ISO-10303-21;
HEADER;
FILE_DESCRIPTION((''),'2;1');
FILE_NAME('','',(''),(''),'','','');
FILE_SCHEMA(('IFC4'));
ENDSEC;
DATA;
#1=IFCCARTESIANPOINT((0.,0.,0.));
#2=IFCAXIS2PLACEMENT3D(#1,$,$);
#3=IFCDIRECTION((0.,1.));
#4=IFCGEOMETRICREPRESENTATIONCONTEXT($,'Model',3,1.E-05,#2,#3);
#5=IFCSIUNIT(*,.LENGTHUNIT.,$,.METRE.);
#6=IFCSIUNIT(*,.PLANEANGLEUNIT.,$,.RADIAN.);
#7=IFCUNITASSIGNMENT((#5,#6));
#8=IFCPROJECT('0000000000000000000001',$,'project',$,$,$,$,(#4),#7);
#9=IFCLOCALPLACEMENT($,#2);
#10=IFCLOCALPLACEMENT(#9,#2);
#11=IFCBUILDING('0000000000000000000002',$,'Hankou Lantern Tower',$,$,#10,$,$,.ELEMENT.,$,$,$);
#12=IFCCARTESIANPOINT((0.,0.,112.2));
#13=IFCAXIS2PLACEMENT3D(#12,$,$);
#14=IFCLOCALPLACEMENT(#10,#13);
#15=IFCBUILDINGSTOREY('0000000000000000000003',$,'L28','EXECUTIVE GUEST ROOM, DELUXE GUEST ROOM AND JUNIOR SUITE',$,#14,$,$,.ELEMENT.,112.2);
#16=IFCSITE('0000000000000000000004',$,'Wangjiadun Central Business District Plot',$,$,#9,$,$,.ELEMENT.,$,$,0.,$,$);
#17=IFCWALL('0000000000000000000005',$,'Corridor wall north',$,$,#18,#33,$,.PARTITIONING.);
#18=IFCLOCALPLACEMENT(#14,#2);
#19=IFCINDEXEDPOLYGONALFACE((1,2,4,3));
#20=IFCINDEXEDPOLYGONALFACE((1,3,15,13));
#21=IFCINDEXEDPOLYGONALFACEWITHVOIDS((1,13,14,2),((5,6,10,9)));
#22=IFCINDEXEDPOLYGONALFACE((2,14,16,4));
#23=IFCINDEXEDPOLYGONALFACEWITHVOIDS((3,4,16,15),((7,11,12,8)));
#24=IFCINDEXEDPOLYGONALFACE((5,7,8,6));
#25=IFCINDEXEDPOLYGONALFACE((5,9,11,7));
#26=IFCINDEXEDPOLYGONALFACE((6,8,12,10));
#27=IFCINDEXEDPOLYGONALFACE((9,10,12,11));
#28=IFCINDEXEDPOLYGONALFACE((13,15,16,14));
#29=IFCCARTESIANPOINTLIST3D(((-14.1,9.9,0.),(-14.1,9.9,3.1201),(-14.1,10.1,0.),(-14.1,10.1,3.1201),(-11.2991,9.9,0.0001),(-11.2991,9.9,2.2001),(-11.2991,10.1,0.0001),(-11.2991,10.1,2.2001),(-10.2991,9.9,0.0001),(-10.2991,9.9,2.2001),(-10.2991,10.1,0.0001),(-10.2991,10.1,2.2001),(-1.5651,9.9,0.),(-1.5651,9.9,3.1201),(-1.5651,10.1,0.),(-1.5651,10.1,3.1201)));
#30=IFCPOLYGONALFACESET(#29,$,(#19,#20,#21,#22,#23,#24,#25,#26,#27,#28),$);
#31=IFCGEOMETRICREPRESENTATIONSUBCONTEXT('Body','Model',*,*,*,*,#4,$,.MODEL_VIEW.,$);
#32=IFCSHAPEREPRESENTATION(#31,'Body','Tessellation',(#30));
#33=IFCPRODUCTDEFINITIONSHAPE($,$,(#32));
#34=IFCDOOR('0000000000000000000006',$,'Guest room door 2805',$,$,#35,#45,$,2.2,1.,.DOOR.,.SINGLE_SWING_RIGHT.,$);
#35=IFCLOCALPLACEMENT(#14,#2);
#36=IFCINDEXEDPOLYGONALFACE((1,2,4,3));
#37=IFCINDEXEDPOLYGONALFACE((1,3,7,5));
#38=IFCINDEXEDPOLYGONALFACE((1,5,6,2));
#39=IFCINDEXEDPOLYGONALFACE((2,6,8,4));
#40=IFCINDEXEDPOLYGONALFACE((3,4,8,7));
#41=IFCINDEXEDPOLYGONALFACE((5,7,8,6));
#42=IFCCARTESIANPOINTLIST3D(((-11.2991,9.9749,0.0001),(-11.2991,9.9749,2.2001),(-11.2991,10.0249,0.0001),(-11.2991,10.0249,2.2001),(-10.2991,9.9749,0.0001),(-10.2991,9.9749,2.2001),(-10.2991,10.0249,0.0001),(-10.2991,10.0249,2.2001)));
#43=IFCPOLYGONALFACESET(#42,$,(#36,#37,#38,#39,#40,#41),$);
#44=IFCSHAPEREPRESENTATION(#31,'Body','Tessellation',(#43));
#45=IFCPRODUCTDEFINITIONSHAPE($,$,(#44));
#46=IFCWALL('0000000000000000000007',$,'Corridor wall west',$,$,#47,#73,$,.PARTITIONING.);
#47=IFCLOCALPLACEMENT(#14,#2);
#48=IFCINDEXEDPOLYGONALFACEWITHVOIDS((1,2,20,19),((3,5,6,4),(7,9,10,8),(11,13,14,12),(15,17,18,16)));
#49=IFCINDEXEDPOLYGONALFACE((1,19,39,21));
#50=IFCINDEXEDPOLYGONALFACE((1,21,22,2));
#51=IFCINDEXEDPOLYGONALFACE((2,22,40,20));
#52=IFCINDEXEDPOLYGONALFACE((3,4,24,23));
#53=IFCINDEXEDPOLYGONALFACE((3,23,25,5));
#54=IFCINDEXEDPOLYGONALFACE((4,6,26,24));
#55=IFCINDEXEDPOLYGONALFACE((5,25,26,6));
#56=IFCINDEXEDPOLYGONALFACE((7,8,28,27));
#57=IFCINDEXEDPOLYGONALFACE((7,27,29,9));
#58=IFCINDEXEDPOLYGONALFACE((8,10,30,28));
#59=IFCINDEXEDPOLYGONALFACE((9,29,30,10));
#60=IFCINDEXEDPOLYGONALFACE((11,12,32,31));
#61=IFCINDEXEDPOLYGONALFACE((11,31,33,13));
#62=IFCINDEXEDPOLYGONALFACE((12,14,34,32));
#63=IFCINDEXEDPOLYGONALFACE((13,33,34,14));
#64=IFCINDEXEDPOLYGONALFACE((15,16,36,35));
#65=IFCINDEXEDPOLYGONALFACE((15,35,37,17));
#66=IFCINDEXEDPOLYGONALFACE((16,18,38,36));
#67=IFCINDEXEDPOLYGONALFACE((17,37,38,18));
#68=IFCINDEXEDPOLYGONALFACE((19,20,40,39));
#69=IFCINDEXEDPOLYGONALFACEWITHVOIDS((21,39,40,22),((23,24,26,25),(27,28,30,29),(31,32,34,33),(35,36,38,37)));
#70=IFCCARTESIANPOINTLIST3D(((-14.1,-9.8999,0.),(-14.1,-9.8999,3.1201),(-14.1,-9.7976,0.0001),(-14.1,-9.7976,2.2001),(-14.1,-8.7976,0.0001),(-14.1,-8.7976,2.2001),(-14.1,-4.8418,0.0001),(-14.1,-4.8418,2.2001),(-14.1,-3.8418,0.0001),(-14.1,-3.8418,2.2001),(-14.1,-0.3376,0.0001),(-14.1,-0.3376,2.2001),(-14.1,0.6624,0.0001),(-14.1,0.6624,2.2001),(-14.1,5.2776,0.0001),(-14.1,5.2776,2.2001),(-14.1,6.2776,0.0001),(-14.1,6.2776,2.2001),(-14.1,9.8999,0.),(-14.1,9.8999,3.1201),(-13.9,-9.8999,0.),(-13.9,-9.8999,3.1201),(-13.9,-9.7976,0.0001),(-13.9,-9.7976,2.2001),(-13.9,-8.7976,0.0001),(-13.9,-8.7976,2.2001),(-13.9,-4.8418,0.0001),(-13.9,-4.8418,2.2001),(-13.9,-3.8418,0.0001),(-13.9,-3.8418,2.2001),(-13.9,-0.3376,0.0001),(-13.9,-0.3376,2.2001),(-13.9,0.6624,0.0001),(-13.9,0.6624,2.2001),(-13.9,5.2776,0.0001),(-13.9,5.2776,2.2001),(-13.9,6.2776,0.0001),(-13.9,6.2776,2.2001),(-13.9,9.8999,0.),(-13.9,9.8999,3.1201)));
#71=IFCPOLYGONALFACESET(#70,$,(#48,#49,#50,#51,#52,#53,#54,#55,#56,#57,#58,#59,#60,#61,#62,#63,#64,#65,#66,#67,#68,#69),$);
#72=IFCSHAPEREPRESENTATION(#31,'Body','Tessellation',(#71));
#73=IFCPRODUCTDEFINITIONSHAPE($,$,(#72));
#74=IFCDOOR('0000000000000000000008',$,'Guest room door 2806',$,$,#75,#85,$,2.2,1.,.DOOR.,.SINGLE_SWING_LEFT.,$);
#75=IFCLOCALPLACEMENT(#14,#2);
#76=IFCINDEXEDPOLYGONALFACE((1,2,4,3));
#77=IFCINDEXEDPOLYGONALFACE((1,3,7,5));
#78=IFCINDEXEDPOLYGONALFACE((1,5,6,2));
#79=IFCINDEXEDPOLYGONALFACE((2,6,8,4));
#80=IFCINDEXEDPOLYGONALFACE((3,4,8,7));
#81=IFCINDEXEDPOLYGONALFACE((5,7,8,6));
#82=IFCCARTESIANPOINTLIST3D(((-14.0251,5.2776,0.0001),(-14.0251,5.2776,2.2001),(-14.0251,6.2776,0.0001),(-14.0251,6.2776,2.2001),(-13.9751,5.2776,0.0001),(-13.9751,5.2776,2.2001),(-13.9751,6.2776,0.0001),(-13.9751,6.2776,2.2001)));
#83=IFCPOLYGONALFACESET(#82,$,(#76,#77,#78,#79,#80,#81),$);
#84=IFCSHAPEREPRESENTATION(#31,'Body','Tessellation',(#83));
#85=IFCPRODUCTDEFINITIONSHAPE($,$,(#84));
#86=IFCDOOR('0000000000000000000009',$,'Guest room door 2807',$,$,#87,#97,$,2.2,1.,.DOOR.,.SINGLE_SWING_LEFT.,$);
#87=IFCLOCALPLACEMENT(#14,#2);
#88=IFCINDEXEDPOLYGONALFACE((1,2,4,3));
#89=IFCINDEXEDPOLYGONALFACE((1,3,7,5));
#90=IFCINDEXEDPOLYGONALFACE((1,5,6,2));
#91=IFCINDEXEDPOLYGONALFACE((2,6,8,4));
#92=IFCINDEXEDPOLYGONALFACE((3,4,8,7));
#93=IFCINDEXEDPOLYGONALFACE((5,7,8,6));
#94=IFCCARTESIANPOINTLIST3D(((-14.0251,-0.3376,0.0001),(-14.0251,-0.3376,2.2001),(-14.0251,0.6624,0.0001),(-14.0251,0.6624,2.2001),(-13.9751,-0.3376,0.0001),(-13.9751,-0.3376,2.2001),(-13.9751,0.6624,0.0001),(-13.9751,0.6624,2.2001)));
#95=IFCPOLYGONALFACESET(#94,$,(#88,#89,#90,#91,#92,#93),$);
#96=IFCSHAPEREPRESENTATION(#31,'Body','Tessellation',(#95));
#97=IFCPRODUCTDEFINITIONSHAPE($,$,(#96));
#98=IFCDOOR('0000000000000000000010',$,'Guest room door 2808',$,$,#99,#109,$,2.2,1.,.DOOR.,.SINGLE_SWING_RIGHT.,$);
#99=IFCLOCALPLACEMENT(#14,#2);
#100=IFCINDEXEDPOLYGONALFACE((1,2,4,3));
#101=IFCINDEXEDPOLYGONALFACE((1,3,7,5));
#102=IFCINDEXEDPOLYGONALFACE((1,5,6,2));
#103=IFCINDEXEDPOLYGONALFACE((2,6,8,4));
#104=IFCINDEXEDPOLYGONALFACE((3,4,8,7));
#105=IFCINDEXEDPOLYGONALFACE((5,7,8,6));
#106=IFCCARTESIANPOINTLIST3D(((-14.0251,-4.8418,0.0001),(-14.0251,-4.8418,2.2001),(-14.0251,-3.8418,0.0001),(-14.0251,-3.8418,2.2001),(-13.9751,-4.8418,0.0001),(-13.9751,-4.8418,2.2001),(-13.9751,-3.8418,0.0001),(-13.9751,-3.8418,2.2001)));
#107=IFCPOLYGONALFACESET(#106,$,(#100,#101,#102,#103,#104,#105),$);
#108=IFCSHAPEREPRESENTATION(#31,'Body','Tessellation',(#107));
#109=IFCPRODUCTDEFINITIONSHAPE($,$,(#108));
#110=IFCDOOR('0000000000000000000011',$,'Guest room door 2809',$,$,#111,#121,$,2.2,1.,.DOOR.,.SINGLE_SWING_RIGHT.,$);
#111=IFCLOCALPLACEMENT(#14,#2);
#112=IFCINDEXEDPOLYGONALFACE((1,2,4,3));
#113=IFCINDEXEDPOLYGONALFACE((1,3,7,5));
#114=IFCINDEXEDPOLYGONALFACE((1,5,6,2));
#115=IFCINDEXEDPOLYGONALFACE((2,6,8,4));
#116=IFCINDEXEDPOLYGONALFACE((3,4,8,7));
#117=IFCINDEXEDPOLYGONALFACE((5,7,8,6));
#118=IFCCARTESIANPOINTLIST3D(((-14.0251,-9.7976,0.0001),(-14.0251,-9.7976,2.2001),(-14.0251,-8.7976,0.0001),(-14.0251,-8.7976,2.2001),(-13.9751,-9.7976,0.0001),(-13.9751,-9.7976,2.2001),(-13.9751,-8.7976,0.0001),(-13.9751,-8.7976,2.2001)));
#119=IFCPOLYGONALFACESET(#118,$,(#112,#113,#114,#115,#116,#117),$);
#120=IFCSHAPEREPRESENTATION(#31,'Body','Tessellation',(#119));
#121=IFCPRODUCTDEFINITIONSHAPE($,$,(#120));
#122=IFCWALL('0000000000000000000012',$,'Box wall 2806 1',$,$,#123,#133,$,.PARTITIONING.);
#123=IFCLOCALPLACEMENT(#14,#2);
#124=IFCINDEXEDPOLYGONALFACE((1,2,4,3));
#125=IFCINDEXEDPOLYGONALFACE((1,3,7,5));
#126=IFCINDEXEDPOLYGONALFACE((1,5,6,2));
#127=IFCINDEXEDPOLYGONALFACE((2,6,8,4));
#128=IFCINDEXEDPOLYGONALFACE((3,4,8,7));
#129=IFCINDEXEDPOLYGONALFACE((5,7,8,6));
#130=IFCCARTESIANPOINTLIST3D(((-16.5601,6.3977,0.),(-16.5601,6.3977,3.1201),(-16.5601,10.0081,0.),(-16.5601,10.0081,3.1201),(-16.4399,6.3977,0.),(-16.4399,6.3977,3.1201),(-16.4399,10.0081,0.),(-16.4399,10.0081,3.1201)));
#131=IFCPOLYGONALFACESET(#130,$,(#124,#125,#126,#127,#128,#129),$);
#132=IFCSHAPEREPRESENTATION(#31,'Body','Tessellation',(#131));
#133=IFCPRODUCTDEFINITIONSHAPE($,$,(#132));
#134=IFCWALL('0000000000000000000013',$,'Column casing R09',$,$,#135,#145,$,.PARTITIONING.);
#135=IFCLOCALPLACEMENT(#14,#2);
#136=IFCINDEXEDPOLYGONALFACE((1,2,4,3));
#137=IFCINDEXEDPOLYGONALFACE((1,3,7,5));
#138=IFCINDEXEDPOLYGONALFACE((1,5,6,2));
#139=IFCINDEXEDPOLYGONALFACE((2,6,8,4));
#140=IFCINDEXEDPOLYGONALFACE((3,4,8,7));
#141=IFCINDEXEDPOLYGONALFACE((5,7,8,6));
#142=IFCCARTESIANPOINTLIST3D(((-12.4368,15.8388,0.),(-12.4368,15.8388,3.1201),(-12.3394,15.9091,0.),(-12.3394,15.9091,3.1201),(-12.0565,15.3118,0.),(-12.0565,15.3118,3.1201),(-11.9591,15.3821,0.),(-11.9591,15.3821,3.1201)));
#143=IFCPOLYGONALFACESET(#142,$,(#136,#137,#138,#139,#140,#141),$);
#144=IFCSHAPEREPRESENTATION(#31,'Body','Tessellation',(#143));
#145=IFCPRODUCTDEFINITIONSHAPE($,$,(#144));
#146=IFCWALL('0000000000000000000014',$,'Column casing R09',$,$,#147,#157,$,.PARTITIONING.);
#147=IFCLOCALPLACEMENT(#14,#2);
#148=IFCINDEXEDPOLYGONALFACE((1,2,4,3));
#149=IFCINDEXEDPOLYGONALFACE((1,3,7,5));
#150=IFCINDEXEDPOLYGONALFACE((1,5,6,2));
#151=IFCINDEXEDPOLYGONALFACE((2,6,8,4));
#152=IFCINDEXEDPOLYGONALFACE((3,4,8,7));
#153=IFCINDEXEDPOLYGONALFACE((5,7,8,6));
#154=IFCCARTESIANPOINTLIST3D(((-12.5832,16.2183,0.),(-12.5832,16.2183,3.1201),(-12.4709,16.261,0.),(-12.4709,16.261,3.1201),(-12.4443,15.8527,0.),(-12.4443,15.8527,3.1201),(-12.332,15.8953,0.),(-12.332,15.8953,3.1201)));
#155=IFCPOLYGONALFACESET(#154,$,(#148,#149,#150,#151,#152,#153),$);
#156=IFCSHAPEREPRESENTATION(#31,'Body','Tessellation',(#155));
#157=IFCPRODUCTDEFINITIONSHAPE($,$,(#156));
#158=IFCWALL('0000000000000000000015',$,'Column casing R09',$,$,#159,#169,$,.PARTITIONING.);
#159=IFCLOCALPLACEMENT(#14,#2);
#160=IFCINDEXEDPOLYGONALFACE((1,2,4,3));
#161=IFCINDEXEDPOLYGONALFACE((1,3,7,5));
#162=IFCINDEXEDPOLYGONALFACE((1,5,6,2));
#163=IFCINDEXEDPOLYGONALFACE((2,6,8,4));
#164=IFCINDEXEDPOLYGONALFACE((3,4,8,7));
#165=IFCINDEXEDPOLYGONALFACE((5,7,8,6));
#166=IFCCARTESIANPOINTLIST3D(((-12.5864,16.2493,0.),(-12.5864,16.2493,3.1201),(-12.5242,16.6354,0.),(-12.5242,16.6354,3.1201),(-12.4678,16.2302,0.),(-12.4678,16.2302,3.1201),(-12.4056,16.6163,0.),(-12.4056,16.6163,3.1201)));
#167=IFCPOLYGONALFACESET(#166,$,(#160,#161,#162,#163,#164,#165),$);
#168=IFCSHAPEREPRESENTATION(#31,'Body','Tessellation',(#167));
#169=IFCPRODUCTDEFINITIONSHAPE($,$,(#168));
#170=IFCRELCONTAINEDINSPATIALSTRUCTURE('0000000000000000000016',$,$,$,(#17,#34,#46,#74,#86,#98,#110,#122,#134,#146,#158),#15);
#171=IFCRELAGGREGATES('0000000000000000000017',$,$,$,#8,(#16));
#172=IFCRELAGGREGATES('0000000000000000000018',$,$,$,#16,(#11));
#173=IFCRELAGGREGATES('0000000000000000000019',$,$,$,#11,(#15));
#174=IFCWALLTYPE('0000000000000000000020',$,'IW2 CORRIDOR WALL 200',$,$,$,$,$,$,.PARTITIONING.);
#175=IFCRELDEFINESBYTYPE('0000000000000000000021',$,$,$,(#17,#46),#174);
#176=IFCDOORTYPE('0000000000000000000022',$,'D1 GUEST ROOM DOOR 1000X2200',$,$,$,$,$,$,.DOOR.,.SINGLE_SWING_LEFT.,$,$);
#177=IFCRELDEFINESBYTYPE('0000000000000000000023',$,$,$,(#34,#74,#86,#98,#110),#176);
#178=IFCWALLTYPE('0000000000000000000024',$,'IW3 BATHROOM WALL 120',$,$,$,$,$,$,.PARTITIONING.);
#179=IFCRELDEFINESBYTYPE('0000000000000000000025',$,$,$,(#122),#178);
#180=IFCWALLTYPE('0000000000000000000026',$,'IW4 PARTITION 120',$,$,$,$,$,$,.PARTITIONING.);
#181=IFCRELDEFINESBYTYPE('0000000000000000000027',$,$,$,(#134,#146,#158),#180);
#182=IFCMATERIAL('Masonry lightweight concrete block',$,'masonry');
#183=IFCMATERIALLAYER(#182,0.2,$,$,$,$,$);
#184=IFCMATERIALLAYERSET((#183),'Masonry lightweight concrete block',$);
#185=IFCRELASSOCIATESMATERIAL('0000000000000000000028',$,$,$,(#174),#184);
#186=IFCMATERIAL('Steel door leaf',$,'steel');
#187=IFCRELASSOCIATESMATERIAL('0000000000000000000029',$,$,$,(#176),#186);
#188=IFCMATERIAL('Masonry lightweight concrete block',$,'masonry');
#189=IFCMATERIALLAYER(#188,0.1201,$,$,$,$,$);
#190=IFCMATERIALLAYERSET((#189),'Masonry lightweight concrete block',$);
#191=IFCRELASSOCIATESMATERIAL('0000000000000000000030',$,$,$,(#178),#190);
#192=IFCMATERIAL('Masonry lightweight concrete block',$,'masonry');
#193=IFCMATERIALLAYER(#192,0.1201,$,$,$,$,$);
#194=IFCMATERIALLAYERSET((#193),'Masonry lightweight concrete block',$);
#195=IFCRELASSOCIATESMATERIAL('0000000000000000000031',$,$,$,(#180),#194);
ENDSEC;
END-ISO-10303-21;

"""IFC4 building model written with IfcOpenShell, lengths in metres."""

from ifc_helpers import new_model, si_unit, direction, frame, frame_2d, origin, place, context, subcontext, project, spatial, rectangle, extrude, material, layer, layer_set, type_object, element, fill, save


model = new_model("IFC4")

# Units and contexts
model_context = context("Model", 3, precision=1e-05, world=origin(), true_north=direction((0.0, 1.0)))
body_context = subcontext(model_context, "Body", "Model", "MODEL_VIEW")
ifc_project = project(units=[si_unit("LENGTHUNIT", "METRE"), si_unit("PLANEANGLEUNIT", "RADIAN")], contexts=[model_context])

# Site, building, storey
site_placement = place(None, origin())
site = spatial("IfcSite", under=ifc_project, at=site_placement, Name="Wangjiadun Central Business District Plot", CompositionType="ELEMENT", RefElevation=0.0)
building_placement = place(site_placement, origin())
building = spatial("IfcBuilding", under=site, at=building_placement, Name="Hankou Lantern Tower", CompositionType="ELEMENT")
storey_placement = place(building_placement, frame((0.0, 0.0, 112.2)))
storey = spatial("IfcBuildingStorey", under=building, at=storey_placement, Name="L28", Description="EXECUTIVE GUEST ROOM, DELUXE GUEST ROOM AND JUNIOR SUITE", CompositionType="ELEMENT", Elevation=112.2)

# Wall, opening, door
ifc_material_1 = material(Name="Masonry lightweight concrete block", Category="masonry")
ifc_layer_1 = layer(ifc_material_1, 0.2)
ifc_layer_set_1 = layer_set([ifc_layer_1], Name="Masonry lightweight concrete block")
wall_type_1 = type_object("IfcWallType", Name="IW2 CORRIDOR WALL 200", PredefinedType="PARTITIONING", material=ifc_layer_set_1)
wall_1_placement = place(storey_placement, frame((-14.1001, 10.0, 0.0), z_axis=(0.0, 0.0, 1.0), x_axis=(1.0, 0.0, 0.0)))
wall_1 = element("IfcWall", 1, at=wall_1_placement, inside=storey, type_object=wall_type_1, Name="Corridor wall north", PredefinedType="PARTITIONING", context=body_context, shape_type="SweptSolid", body=[
    extrude(rectangle(XDim=12.5349, YDim=0.2, at=frame_2d((6.2676, 0.0))), origin(), (0.0, 0.0, 1.0), 3.1201),
])
opening_1_placement = place(wall_1_placement, frame((2.801, 0.0, 0.0)))
opening_1 = element("IfcOpeningElement", 2, at=opening_1_placement, cuts=wall_1, PredefinedType="OPENING", context=body_context, shape_type="SweptSolid", body=[
    extrude(rectangle(XDim=1.0, YDim=2.2, at=frame_2d((0.5, 1.1001))), frame((0.0, 0.1099, 0.0), z_axis=(0.0, -1.0, 0.0), x_axis=(1.0, 0.0, 0.0)), (0.0, 0.0, 1.0), 0.22),
])
ifc_material_2 = material(Name="Steel door leaf", Category="steel")
door_type = type_object("IfcDoorType", Name="D1 GUEST ROOM DOOR 1000X2200", OperationType="SINGLE_SWING_LEFT", PredefinedType="DOOR", material=ifc_material_2)
door_1_placement = place(opening_1_placement, origin())
door_1 = element("IfcDoor", 3, at=door_1_placement, inside=storey, type_object=door_type, Name="Guest room door 2805", OperationType="SINGLE_SWING_RIGHT", OverallHeight=2.2, OverallWidth=1.0, PredefinedType="DOOR", context=body_context, shape_type="SweptSolid", body=[
    extrude(rectangle(XDim=1.0, YDim=2.2, at=frame_2d((0.5, 1.1001))), frame((0.0, 0.0249, 0.0), z_axis=(0.0, -1.0, 0.0), x_axis=(1.0, 0.0, 0.0)), (0.0, 0.0, 1.0), 0.05),
])
fill(opening_1, door_1)

# Wall, openings, doors
wall_2_placement = place(storey_placement, frame((-14.0, 9.8999, 0.0), z_axis=(0.0, 0.0, 1.0), x_axis=(0.0, -1.0, 0.0)))
wall_2 = element("IfcWall", 4, at=wall_2_placement, inside=storey, type_object=wall_type_1, Name="Corridor wall west", PredefinedType="PARTITIONING", context=body_context, shape_type="SweptSolid", body=[
    extrude(rectangle(XDim=19.7998, YDim=0.2, at=frame_2d((9.8999, 0.0))), origin(), (0.0, 0.0, 1.0), 3.1201),
])
opening_2_placement = place(wall_2_placement, frame((3.6223, 0.0, 0.0)))
opening_2 = element("IfcOpeningElement", 5, at=opening_2_placement, cuts=wall_2, PredefinedType="OPENING", context=body_context, shape_type="SweptSolid", body=[
    extrude(rectangle(XDim=1.0, YDim=2.2, at=frame_2d((0.5, 1.1001))), frame((0.0, 0.1099, 0.0), z_axis=(0.0, -1.0, 0.0), x_axis=(1.0, 0.0, 0.0)), (0.0, 0.0, 1.0), 0.22),
])
opening_3_placement = place(wall_2_placement, frame((9.2375, 0.0, 0.0)))
opening_3 = element("IfcOpeningElement", 6, at=opening_3_placement, cuts=wall_2, PredefinedType="OPENING", context=body_context, shape_type="SweptSolid", body=[
    extrude(rectangle(XDim=1.0, YDim=2.2, at=frame_2d((0.5, 1.1001))), frame((0.0, 0.1099, 0.0), z_axis=(0.0, -1.0, 0.0), x_axis=(1.0, 0.0, 0.0)), (0.0, 0.0, 1.0), 0.22),
])
opening_4_placement = place(wall_2_placement, frame((13.7417, 0.0, 0.0)))
opening_4 = element("IfcOpeningElement", 7, at=opening_4_placement, cuts=wall_2, PredefinedType="OPENING", context=body_context, shape_type="SweptSolid", body=[
    extrude(rectangle(XDim=1.0, YDim=2.2, at=frame_2d((0.5, 1.1001))), frame((0.0, 0.1099, 0.0), z_axis=(0.0, -1.0, 0.0), x_axis=(1.0, 0.0, 0.0)), (0.0, 0.0, 1.0), 0.22),
])
opening_5_placement = place(wall_2_placement, frame((18.6975, 0.0, 0.0)))
opening_5 = element("IfcOpeningElement", 8, at=opening_5_placement, cuts=wall_2, PredefinedType="OPENING", context=body_context, shape_type="SweptSolid", body=[
    extrude(rectangle(XDim=1.0, YDim=2.2, at=frame_2d((0.5, 1.1001))), frame((0.0, 0.1099, 0.0), z_axis=(0.0, -1.0, 0.0), x_axis=(1.0, 0.0, 0.0)), (0.0, 0.0, 1.0), 0.22),
])
door_2_placement = place(opening_2_placement, origin())
door_2 = element("IfcDoor", 9, at=door_2_placement, inside=storey, type_object=door_type, Name="Guest room door 2806", OperationType="SINGLE_SWING_LEFT", OverallHeight=2.2, OverallWidth=1.0, PredefinedType="DOOR", context=body_context, shape_type="SweptSolid", body=[
    extrude(rectangle(XDim=1.0, YDim=2.2, at=frame_2d((0.5, 1.1001))), frame((0.0, 0.0249, 0.0), z_axis=(0.0, -1.0, 0.0), x_axis=(1.0, 0.0, 0.0)), (0.0, 0.0, 1.0), 0.05),
])
fill(opening_2, door_2)
door_3_placement = place(opening_3_placement, origin())
door_3 = element("IfcDoor", 10, at=door_3_placement, inside=storey, type_object=door_type, Name="Guest room door 2807", OperationType="SINGLE_SWING_LEFT", OverallHeight=2.2, OverallWidth=1.0, PredefinedType="DOOR", context=body_context, shape_type="SweptSolid", body=[
    extrude(rectangle(XDim=1.0, YDim=2.2, at=frame_2d((0.5, 1.1001))), frame((0.0, 0.0249, 0.0), z_axis=(0.0, -1.0, 0.0), x_axis=(1.0, 0.0, 0.0)), (0.0, 0.0, 1.0), 0.05),
])
fill(opening_3, door_3)
door_4_placement = place(opening_4_placement, origin())
door_4 = element("IfcDoor", 11, at=door_4_placement, inside=storey, type_object=door_type, Name="Guest room door 2808", OperationType="SINGLE_SWING_RIGHT", OverallHeight=2.2, OverallWidth=1.0, PredefinedType="DOOR", context=body_context, shape_type="SweptSolid", body=[
    extrude(rectangle(XDim=1.0, YDim=2.2, at=frame_2d((0.5, 1.1001))), frame((0.0, 0.0249, 0.0), z_axis=(0.0, -1.0, 0.0), x_axis=(1.0, 0.0, 0.0)), (0.0, 0.0, 1.0), 0.05),
])
fill(opening_4, door_4)
door_5_placement = place(opening_5_placement, origin())
door_5 = element("IfcDoor", 12, at=door_5_placement, inside=storey, type_object=door_type, Name="Guest room door 2809", OperationType="SINGLE_SWING_RIGHT", OverallHeight=2.2, OverallWidth=1.0, PredefinedType="DOOR", context=body_context, shape_type="SweptSolid", body=[
    extrude(rectangle(XDim=1.0, YDim=2.2, at=frame_2d((0.5, 1.1001))), frame((0.0, 0.0249, 0.0), z_axis=(0.0, -1.0, 0.0), x_axis=(1.0, 0.0, 0.0)), (0.0, 0.0, 1.0), 0.05),
])
fill(opening_5, door_5)

# Walls
ifc_material_3 = material(Name="Masonry lightweight concrete block", Category="masonry")
ifc_layer_2 = layer(ifc_material_3, 0.1201)
ifc_layer_set_2 = layer_set([ifc_layer_2], Name="Masonry lightweight concrete block")
wall_type_2 = type_object("IfcWallType", Name="IW3 BATHROOM WALL 120", PredefinedType="PARTITIONING", material=ifc_layer_set_2)
wall_3_placement = place(storey_placement, frame((-16.5, 10.0081, 0.0), z_axis=(0.0, 0.0, 1.0), x_axis=(0.0, -1.0, 0.0)))
element("IfcWall", 13, at=wall_3_placement, inside=storey, type_object=wall_type_2, Name="Box wall 2806 1", PredefinedType="PARTITIONING", context=body_context, shape_type="SweptSolid", body=[
    extrude(rectangle(XDim=3.6104, YDim=0.1201, at=frame_2d((1.8052, 0.0))), origin(), (0.0, 0.0, 1.0), 3.1201),
])
ifc_material_4 = material(Name="Masonry lightweight concrete block", Category="masonry")
ifc_layer_3 = layer(ifc_material_4, 0.1201)
ifc_layer_set_3 = layer_set([ifc_layer_3], Name="Masonry lightweight concrete block")
wall_type_3 = type_object("IfcWallType", Name="IW4 PARTITION 120", PredefinedType="PARTITIONING", material=ifc_layer_set_3)
wall_4_placement = place(storey_placement, frame((-12.0078, 15.3469, 0.0), z_axis=(0.0, 0.0, 1.0), x_axis=(-0.585175, 0.810907, 0.0)))
element("IfcWall", 14, at=wall_4_placement, inside=storey, type_object=wall_type_3, Name="Column casing R09", PredefinedType="PARTITIONING", context=body_context, shape_type="SweptSolid", body=[
    extrude(rectangle(XDim=0.6499, YDim=0.1201, at=frame_2d((0.325, 0.0))), origin(), (0.0, 0.0, 1.0), 3.1201),
])
for number, where, z_axis, x_axis, name in (
    (15, (-12.3882, 15.874, 0.0), (0.0, 0.0, 1.0), (-0.355087, 0.934833, 0.0), "Column casing R09"),
    (16, (-12.5271, 16.2397, 0.0), (0.0, 0.0, 1.0), (0.159134, 0.987257, 0.0), "Column casing R09"),
):
    element("IfcWall", number, at=place(storey_placement, frame(where, z_axis=z_axis, x_axis=x_axis)), inside=storey, type_object=wall_type_3, Name=name, PredefinedType="PARTITIONING", context=body_context, shape_type="SweptSolid", body=[
        extrude(rectangle(XDim=0.3911, YDim=0.1201, at=frame_2d((0.1956, 0.0))), origin(), (0.0, 0.0, 1.0), 3.1201),
    ])

save(model, "model.ifc")
